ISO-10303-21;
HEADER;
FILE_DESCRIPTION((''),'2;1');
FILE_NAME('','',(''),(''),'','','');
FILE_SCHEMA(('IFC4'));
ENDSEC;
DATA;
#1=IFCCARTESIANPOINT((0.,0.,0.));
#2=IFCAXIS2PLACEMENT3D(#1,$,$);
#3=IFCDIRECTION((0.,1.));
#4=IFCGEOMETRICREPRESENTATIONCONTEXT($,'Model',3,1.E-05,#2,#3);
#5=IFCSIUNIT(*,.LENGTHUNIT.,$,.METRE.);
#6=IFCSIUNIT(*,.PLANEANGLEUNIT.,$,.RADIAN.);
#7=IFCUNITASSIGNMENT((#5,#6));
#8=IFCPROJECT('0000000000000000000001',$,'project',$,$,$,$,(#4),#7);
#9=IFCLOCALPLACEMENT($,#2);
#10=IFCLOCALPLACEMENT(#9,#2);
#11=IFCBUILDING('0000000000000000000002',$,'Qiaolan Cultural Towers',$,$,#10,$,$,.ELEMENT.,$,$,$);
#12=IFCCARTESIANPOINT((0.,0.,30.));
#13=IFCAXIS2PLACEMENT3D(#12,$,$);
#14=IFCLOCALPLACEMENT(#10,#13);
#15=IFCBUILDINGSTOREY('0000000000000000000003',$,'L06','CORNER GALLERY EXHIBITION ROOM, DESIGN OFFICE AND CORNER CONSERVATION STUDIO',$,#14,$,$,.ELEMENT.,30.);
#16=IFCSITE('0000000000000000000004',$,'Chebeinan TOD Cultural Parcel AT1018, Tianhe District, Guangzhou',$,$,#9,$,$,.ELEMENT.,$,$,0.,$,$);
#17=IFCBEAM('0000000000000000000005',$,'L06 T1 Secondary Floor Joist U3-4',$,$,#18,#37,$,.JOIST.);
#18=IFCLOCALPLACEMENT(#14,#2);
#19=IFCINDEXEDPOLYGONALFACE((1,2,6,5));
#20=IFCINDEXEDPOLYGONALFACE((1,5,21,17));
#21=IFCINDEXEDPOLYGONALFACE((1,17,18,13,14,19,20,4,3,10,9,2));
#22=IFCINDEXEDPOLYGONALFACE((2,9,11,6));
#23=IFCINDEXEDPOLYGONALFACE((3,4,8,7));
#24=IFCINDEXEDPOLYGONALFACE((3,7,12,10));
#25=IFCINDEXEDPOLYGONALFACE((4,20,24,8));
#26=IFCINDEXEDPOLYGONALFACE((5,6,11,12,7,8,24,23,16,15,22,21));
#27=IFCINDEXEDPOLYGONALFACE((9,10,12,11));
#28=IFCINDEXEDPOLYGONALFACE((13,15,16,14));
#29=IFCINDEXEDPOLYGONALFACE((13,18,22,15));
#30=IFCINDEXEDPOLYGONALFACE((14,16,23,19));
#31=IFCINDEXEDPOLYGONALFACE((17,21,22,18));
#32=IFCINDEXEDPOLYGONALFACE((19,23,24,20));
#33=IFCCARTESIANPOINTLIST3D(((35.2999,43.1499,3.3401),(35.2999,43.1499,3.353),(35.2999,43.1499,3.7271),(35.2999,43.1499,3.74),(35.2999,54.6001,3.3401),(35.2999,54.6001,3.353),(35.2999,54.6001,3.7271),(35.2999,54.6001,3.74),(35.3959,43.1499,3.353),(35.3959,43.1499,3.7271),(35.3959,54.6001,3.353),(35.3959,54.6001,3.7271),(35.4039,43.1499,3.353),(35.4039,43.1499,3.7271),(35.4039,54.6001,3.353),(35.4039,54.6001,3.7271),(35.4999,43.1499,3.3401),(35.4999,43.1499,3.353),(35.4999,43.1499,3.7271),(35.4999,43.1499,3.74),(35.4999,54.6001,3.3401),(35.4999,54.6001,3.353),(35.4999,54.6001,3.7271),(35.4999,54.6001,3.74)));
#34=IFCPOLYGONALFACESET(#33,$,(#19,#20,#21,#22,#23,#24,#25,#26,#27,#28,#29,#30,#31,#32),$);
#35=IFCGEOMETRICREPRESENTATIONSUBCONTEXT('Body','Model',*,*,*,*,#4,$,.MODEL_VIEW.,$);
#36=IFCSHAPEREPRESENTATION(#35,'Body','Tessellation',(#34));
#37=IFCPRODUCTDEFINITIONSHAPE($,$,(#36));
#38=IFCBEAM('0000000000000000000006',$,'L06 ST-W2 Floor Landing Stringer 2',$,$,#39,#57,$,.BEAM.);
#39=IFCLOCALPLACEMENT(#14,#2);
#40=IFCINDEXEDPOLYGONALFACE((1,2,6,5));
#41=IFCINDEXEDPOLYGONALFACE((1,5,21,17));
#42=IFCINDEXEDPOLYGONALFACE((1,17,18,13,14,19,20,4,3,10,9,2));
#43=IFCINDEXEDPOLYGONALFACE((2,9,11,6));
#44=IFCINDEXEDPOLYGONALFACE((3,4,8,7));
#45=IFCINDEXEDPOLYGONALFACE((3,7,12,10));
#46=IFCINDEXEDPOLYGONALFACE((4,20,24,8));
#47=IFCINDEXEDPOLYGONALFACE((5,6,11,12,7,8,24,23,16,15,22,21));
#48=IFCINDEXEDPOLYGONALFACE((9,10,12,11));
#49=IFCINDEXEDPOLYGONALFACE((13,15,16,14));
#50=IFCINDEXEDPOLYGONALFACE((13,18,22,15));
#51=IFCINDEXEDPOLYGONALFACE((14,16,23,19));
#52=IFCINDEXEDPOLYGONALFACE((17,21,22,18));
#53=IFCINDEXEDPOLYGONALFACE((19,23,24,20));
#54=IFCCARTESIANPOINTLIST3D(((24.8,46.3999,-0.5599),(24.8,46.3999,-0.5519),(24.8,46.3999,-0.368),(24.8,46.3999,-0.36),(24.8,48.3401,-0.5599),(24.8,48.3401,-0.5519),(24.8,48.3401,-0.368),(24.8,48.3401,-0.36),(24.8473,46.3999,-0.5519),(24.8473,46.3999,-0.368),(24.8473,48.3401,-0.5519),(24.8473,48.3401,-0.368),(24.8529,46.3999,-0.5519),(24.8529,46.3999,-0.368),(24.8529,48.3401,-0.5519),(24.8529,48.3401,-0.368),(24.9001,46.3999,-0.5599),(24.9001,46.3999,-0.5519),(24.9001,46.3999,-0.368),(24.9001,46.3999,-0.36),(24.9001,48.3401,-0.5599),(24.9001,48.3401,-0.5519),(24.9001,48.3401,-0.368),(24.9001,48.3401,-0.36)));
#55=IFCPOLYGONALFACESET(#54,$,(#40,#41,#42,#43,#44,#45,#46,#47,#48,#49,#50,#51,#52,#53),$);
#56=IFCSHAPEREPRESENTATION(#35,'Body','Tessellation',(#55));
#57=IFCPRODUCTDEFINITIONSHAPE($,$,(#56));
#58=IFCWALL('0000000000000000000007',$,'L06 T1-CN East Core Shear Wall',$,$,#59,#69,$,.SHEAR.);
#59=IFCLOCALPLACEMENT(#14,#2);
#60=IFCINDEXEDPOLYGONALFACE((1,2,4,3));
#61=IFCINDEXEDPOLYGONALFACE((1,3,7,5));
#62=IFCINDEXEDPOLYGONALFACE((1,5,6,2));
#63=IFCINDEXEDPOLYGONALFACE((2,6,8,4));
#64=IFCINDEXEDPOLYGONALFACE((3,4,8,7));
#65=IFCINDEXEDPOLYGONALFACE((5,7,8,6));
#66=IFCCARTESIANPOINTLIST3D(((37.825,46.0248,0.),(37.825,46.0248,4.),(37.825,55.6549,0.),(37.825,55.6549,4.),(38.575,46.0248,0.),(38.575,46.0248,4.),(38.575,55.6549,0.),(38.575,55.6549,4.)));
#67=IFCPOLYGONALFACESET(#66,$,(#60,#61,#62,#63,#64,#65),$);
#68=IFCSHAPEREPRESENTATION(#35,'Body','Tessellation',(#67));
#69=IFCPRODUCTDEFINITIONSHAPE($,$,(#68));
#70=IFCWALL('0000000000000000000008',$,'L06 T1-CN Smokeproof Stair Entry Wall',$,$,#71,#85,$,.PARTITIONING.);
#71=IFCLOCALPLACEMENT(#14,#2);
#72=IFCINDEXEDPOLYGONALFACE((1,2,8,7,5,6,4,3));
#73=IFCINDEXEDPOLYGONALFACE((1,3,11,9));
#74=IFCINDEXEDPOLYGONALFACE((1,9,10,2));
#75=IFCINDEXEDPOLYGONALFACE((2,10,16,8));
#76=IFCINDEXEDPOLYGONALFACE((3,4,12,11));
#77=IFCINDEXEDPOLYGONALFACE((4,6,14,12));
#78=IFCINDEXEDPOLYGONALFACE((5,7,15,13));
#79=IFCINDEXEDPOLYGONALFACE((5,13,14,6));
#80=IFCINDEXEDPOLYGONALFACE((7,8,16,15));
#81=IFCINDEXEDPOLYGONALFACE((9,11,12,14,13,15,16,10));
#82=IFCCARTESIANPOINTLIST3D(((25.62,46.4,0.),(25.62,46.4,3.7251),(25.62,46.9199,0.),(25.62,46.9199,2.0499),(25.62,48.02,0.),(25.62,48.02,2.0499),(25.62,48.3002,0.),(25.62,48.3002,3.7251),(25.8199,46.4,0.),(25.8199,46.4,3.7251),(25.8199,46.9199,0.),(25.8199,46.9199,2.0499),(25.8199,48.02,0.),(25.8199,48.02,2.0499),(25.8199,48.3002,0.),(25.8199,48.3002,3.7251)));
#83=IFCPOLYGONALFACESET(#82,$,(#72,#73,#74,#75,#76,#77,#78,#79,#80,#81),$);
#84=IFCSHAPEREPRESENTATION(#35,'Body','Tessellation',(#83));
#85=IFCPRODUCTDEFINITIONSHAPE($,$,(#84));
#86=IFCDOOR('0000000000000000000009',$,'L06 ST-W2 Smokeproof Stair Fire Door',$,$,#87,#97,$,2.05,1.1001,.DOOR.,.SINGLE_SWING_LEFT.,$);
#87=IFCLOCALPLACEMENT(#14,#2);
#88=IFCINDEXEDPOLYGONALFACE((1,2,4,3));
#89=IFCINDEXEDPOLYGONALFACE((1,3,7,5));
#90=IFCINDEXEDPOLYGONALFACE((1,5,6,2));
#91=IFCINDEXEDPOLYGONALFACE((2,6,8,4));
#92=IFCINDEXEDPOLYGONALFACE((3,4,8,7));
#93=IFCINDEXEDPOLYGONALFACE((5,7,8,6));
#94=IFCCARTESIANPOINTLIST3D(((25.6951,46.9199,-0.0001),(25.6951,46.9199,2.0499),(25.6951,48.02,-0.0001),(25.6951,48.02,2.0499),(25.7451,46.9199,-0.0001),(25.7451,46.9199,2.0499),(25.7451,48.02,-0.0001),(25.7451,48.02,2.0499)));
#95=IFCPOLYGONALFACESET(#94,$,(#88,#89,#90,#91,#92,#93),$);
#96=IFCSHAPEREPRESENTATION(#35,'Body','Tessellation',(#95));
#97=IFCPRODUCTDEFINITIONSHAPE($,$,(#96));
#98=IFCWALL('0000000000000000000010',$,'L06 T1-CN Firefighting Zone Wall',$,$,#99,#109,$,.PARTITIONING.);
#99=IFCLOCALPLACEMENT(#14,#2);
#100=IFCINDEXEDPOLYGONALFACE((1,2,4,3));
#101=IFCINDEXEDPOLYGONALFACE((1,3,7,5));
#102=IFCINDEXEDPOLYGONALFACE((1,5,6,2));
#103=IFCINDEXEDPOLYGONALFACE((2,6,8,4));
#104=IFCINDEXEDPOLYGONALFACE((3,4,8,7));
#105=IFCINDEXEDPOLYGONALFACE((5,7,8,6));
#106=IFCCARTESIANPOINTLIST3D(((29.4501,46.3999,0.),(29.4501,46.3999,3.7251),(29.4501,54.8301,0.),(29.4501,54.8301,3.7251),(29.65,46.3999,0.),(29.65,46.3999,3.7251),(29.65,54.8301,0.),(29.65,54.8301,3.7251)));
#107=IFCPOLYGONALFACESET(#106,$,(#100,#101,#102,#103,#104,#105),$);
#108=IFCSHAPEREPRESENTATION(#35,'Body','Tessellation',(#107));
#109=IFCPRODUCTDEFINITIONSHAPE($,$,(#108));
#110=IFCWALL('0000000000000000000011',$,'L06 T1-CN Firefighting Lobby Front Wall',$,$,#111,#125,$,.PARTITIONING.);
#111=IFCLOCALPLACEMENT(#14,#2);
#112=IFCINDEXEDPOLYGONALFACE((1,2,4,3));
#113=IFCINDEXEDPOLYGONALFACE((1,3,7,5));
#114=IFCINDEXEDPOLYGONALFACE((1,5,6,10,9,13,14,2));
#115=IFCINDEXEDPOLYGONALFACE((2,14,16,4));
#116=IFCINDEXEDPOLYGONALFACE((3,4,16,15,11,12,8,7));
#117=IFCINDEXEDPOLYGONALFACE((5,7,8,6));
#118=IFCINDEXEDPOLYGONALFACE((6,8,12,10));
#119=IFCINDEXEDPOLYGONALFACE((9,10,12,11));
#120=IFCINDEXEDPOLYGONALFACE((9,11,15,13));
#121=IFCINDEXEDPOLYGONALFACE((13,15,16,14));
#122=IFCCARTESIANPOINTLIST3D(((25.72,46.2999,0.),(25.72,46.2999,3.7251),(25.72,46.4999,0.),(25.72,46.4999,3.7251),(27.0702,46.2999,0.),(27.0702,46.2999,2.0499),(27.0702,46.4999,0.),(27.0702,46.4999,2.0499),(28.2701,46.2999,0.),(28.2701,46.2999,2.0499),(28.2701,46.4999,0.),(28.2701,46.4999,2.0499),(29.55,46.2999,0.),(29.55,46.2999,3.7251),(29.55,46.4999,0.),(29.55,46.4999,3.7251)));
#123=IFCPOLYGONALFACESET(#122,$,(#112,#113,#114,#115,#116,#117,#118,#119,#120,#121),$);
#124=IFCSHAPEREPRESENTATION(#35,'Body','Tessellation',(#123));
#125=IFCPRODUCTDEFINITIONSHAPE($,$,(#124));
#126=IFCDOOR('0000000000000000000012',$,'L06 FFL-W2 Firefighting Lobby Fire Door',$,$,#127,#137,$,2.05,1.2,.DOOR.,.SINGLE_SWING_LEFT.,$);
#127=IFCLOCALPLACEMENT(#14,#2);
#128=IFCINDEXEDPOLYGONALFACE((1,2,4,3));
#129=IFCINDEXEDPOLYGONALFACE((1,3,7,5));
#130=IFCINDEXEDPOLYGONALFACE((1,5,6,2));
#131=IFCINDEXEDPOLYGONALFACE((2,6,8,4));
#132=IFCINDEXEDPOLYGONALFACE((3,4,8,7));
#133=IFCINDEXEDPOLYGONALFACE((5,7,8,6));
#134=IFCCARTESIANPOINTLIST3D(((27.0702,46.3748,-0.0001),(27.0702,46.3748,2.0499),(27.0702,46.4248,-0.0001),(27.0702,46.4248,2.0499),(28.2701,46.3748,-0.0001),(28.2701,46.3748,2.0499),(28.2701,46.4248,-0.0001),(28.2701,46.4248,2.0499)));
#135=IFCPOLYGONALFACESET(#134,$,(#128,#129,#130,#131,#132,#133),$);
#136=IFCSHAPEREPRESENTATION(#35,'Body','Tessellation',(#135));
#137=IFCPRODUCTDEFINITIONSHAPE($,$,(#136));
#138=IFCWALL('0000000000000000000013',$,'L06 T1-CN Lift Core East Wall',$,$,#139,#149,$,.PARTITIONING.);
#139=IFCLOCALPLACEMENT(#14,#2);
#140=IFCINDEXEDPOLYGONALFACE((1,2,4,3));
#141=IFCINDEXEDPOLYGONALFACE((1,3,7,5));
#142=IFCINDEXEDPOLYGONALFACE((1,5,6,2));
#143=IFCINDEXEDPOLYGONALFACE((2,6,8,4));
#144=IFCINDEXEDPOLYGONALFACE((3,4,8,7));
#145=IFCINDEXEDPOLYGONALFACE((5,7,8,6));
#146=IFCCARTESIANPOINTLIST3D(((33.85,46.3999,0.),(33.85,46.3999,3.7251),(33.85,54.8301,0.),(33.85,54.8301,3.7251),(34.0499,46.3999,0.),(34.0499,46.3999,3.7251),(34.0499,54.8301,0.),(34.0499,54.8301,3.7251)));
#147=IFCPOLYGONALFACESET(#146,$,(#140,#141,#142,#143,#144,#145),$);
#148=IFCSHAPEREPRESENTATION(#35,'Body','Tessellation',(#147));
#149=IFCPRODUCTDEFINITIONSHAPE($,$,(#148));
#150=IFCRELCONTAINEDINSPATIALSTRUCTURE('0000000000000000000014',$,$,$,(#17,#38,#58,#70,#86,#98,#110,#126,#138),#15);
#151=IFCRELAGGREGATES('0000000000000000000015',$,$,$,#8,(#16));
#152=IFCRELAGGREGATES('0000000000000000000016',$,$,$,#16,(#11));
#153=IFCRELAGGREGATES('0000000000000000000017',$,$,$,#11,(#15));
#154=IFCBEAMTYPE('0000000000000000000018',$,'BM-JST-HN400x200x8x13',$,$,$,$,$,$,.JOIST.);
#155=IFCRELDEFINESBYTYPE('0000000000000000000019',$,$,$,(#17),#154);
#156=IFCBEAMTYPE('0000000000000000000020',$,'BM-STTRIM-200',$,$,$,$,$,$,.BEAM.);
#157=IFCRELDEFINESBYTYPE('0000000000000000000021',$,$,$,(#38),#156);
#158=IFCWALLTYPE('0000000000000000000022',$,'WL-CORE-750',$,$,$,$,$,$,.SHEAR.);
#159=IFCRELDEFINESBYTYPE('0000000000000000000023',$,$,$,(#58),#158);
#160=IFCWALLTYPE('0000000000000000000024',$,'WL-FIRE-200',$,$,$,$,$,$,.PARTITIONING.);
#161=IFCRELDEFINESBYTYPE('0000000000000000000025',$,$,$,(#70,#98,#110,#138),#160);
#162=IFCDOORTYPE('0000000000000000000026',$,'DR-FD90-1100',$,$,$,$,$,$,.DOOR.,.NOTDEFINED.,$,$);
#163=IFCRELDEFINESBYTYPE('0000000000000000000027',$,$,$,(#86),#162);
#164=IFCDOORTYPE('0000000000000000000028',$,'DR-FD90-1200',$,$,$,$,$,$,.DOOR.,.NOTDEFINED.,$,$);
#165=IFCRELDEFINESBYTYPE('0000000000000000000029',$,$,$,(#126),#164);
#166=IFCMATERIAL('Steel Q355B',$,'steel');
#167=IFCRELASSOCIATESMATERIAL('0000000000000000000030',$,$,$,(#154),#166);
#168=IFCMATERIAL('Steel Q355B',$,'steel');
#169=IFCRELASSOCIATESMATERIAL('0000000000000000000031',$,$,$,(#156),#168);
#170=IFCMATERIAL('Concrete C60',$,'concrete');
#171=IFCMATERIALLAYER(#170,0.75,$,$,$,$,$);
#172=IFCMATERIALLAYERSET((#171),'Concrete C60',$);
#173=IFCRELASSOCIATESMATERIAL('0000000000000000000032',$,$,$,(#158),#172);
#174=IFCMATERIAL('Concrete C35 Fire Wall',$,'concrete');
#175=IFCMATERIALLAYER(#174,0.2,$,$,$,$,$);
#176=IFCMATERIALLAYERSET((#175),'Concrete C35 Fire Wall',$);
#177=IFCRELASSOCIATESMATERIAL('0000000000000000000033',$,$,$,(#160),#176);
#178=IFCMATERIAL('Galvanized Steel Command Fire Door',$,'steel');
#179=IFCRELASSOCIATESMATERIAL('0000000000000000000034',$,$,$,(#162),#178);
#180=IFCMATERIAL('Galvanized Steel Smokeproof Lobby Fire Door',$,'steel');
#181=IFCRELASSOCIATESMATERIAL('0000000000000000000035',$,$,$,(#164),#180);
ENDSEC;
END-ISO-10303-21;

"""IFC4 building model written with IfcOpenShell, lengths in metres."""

from ifc_helpers import new_model, si_unit, direction, frame, frame_2d, origin, origin_2d, place, context, subcontext, project, spatial, rectangle, i_section, extrude, material, layer, layer_set, material_profile, profile_set, type_object, element, fill, save


model = new_model("IFC4")

# Units and contexts
model_context = context("Model", 3, precision=1e-05, world=origin(), true_north=direction((0.0, 1.0)))
body_context = subcontext(model_context, "Body", "Model", "MODEL_VIEW")
ifc_project = project(units=[si_unit("LENGTHUNIT", "METRE"), si_unit("PLANEANGLEUNIT", "RADIAN")], contexts=[model_context])

# Site, building, storey
site_placement = place(None, origin())
site = spatial("IfcSite", under=ifc_project, at=site_placement, Name="Chebeinan TOD Cultural Parcel AT1018, Tianhe District, Guangzhou", CompositionType="ELEMENT", RefElevation=0.0)
building_placement = place(site_placement, origin())
building = spatial("IfcBuilding", under=site, at=building_placement, Name="Qiaolan Cultural Towers", CompositionType="ELEMENT")
storey_placement = place(building_placement, frame((0.0, 0.0, 30.0)))
storey = spatial("IfcBuildingStorey", under=building, at=storey_placement, Name="L06", Description="CORNER GALLERY EXHIBITION ROOM, DESIGN OFFICE AND CORNER CONSERVATION STUDIO", CompositionType="ELEMENT", Elevation=30.0)

# Beams
ifc_material_1 = material(Name="Steel Q355B", Category="steel")
ifc_material_profile_1 = material_profile(ifc_material_1, i_section(OverallWidth=0.2, OverallDepth=0.3999, WebThickness=0.0081, FlangeThickness=0.0129, at=origin_2d()), Name="HN400x200x8x13")
ifc_profile_set_1 = profile_set([ifc_material_profile_1], Name="Steel Q355B")
beam_type_1 = type_object("IfcBeamType", Name="BM-JST-HN400x200x8x13", PredefinedType="JOIST", material=ifc_profile_set_1)
beam_1_placement = place(storey_placement, frame((35.3999, 43.1499, 3.54), z_axis=(0.0, 1.0, 0.0), x_axis=(-1.0, 0.0, 0.0)))
element("IfcBeam", 1, at=beam_1_placement, inside=storey, type_object=beam_type_1, Name="L06 T1 Secondary Floor Joist U3-4", PredefinedType="JOIST", context=body_context, shape_type="SweptSolid", body=[
    extrude(i_section(OverallWidth=0.2, OverallDepth=0.3999, WebThickness=0.0081, FlangeThickness=0.0129, at=origin_2d()), origin(), (0.0, 0.0, 1.0), 11.4502),
])
ifc_material_2 = material(Name="Steel Q355B", Category="steel")
ifc_material_profile_2 = material_profile(ifc_material_2, i_section(OverallWidth=0.1001, OverallDepth=0.2, WebThickness=0.0056, FlangeThickness=0.0081, at=origin_2d()), Name="HN200x100x5.5x8")
ifc_profile_set_2 = profile_set([ifc_material_profile_2], Name="Steel Q355B")
beam_type_2 = type_object("IfcBeamType", Name="BM-STTRIM-200", PredefinedType="BEAM", material=ifc_profile_set_2)
beam_2_placement = place(storey_placement, frame((24.8501, 46.3999, -0.46), z_axis=(0.0, 1.0, 0.0), x_axis=(-1.0, 0.0, 0.0)))
element("IfcBeam", 2, at=beam_2_placement, inside=storey, type_object=beam_type_2, Name="L06 ST-W2 Floor Landing Stringer 2", PredefinedType="BEAM", context=body_context, shape_type="SweptSolid", body=[
    extrude(i_section(OverallWidth=0.1001, OverallDepth=0.2, WebThickness=0.0056, FlangeThickness=0.0081, at=origin_2d()), origin(), (0.0, 0.0, 1.0), 1.9402),
])

# Wall
ifc_material_3 = material(Name="Concrete C60", Category="concrete")
ifc_layer_1 = layer(ifc_material_3, 0.75)
ifc_layer_set_1 = layer_set([ifc_layer_1], Name="Concrete C60")
wall_type_1 = type_object("IfcWallType", Name="WL-CORE-750", PredefinedType="SHEAR", material=ifc_layer_set_1)
wall_1_placement = place(storey_placement, frame((38.2, 46.0249, 0.0), z_axis=(0.0, 0.0, 1.0), x_axis=(0.0, 1.0, 0.0)))
element("IfcWall", 3, at=wall_1_placement, inside=storey, type_object=wall_type_1, Name="L06 T1-CN East Core Shear Wall", PredefinedType="SHEAR", context=body_context, shape_type="SweptSolid", body=[
    extrude(rectangle(XDim=9.6301, YDim=0.75, at=frame_2d((4.8149, 0.0))), origin(), (0.0, 0.0, 1.0), 4.0),
])

# Wall, opening, door
ifc_material_4 = material(Name="Concrete C35 Fire Wall", Category="concrete")
ifc_layer_2 = layer(ifc_material_4, 0.2)
ifc_layer_set_2 = layer_set([ifc_layer_2], Name="Concrete C35 Fire Wall")
wall_type_2 = type_object("IfcWallType", Name="WL-FIRE-200", PredefinedType="PARTITIONING", material=ifc_layer_set_2)
wall_2_placement = place(storey_placement, frame((25.72, 46.3999, 0.0), z_axis=(0.0, 0.0, 1.0), x_axis=(0.0, 1.0, 0.0)))
wall_2 = element("IfcWall", 4, at=wall_2_placement, inside=storey, type_object=wall_type_2, Name="L06 T1-CN Smokeproof Stair Entry Wall", PredefinedType="PARTITIONING", context=body_context, shape_type="SweptSolid", body=[
    extrude(rectangle(XDim=1.9001, YDim=0.2, at=frame_2d((0.9502, 0.0))), origin(), (0.0, 0.0, 1.0), 3.7251),
])
opening_1_placement = place(wall_2_placement, frame((0.52, 0.0, 0.0)))
opening_1 = element("IfcOpeningElement", 5, at=opening_1_placement, cuts=wall_2, PredefinedType="OPENING", context=body_context, shape_type="SweptSolid", body=[
    extrude(rectangle(XDim=1.1001, YDim=2.05, at=frame_2d((0.55, 1.0249))), frame((0.0, 0.1099, 0.0), z_axis=(0.0, -1.0, 0.0), x_axis=(1.0, 0.0, 0.0)), (0.0, 0.0, 1.0), 0.22),
])
ifc_material_5 = material(Name="Galvanized Steel Command Fire Door", Category="steel")
door_type_1 = type_object("IfcDoorType", Name="DR-FD90-1100", OperationType="NOTDEFINED", PredefinedType="DOOR", material=ifc_material_5)
door_1_placement = place(opening_1_placement, origin())
door_1 = element("IfcDoor", 6, at=door_1_placement, inside=storey, type_object=door_type_1, Name="L06 ST-W2 Smokeproof Stair Fire Door", OperationType="SINGLE_SWING_LEFT", OverallHeight=2.05, OverallWidth=1.1001, PredefinedType="DOOR", context=body_context, shape_type="SweptSolid", body=[
    extrude(rectangle(XDim=1.1001, YDim=2.05, at=frame_2d((0.55, 1.0249))), frame((0.0, 0.0249, 0.0), z_axis=(0.0, -1.0, 0.0), x_axis=(1.0, 0.0, 0.0)), (0.0, 0.0, 1.0), 0.05),
])
fill(opening_1, door_1)

# Wall
wall_3_placement = place(storey_placement, frame((29.55, 46.3999, 0.0), z_axis=(0.0, 0.0, 1.0), x_axis=(0.0, 1.0, 0.0)))
element("IfcWall", 7, at=wall_3_placement, inside=storey, type_object=wall_type_2, Name="L06 T1-CN Firefighting Zone Wall", PredefinedType="PARTITIONING", context=body_context, shape_type="SweptSolid", body=[
    extrude(rectangle(XDim=8.4302, YDim=0.2, at=frame_2d((4.2151, 0.0))), origin(), (0.0, 0.0, 1.0), 3.7251),
])

# Wall, opening, door
wall_4_placement = place(storey_placement, frame((25.72, 46.3999, 0.0), z_axis=(0.0, 0.0, 1.0), x_axis=(1.0, 0.0, 0.0)))
wall_4 = element("IfcWall", 8, at=wall_4_placement, inside=storey, type_object=wall_type_2, Name="L06 T1-CN Firefighting Lobby Front Wall", PredefinedType="PARTITIONING", context=body_context, shape_type="SweptSolid", body=[
    extrude(rectangle(XDim=3.8301, YDim=0.2, at=frame_2d((1.915, 0.0))), origin(), (0.0, 0.0, 1.0), 3.7251),
])
opening_2_placement = place(wall_4_placement, frame((1.3501, 0.0, 0.0)))
opening_2 = element("IfcOpeningElement", 9, at=opening_2_placement, cuts=wall_4, PredefinedType="OPENING", context=body_context, shape_type="SweptSolid", body=[
    extrude(rectangle(XDim=1.2, YDim=2.05, at=frame_2d((0.6001, 1.0249))), frame((0.0, 0.1099, 0.0), z_axis=(0.0, -1.0, 0.0), x_axis=(1.0, 0.0, 0.0)), (0.0, 0.0, 1.0), 0.22),
])
ifc_material_6 = material(Name="Galvanized Steel Smokeproof Lobby Fire Door", Category="steel")
door_type_2 = type_object("IfcDoorType", Name="DR-FD90-1200", OperationType="NOTDEFINED", PredefinedType="DOOR", material=ifc_material_6)
door_2_placement = place(opening_2_placement, origin())
door_2 = element("IfcDoor", 10, at=door_2_placement, inside=storey, type_object=door_type_2, Name="L06 FFL-W2 Firefighting Lobby Fire Door", OperationType="SINGLE_SWING_LEFT", OverallHeight=2.05, OverallWidth=1.2, PredefinedType="DOOR", context=body_context, shape_type="SweptSolid", body=[
    extrude(rectangle(XDim=1.2, YDim=2.05, at=frame_2d((0.6001, 1.0249))), frame((0.0, 0.0249, 0.0), z_axis=(0.0, -1.0, 0.0), x_axis=(1.0, 0.0, 0.0)), (0.0, 0.0, 1.0), 0.05),
])
fill(opening_2, door_2)

# Wall
wall_5_placement = place(storey_placement, frame((33.95, 46.3999, 0.0), z_axis=(0.0, 0.0, 1.0), x_axis=(0.0, 1.0, 0.0)))
element("IfcWall", 11, at=wall_5_placement, inside=storey, type_object=wall_type_2, Name="L06 T1-CN Lift Core East Wall", PredefinedType="PARTITIONING", context=body_context, shape_type="SweptSolid", body=[
    extrude(rectangle(XDim=8.4302, YDim=0.2, at=frame_2d((4.2151, 0.0))), origin(), (0.0, 0.0, 1.0), 3.7251),
])

save(model, "model.ifc")
